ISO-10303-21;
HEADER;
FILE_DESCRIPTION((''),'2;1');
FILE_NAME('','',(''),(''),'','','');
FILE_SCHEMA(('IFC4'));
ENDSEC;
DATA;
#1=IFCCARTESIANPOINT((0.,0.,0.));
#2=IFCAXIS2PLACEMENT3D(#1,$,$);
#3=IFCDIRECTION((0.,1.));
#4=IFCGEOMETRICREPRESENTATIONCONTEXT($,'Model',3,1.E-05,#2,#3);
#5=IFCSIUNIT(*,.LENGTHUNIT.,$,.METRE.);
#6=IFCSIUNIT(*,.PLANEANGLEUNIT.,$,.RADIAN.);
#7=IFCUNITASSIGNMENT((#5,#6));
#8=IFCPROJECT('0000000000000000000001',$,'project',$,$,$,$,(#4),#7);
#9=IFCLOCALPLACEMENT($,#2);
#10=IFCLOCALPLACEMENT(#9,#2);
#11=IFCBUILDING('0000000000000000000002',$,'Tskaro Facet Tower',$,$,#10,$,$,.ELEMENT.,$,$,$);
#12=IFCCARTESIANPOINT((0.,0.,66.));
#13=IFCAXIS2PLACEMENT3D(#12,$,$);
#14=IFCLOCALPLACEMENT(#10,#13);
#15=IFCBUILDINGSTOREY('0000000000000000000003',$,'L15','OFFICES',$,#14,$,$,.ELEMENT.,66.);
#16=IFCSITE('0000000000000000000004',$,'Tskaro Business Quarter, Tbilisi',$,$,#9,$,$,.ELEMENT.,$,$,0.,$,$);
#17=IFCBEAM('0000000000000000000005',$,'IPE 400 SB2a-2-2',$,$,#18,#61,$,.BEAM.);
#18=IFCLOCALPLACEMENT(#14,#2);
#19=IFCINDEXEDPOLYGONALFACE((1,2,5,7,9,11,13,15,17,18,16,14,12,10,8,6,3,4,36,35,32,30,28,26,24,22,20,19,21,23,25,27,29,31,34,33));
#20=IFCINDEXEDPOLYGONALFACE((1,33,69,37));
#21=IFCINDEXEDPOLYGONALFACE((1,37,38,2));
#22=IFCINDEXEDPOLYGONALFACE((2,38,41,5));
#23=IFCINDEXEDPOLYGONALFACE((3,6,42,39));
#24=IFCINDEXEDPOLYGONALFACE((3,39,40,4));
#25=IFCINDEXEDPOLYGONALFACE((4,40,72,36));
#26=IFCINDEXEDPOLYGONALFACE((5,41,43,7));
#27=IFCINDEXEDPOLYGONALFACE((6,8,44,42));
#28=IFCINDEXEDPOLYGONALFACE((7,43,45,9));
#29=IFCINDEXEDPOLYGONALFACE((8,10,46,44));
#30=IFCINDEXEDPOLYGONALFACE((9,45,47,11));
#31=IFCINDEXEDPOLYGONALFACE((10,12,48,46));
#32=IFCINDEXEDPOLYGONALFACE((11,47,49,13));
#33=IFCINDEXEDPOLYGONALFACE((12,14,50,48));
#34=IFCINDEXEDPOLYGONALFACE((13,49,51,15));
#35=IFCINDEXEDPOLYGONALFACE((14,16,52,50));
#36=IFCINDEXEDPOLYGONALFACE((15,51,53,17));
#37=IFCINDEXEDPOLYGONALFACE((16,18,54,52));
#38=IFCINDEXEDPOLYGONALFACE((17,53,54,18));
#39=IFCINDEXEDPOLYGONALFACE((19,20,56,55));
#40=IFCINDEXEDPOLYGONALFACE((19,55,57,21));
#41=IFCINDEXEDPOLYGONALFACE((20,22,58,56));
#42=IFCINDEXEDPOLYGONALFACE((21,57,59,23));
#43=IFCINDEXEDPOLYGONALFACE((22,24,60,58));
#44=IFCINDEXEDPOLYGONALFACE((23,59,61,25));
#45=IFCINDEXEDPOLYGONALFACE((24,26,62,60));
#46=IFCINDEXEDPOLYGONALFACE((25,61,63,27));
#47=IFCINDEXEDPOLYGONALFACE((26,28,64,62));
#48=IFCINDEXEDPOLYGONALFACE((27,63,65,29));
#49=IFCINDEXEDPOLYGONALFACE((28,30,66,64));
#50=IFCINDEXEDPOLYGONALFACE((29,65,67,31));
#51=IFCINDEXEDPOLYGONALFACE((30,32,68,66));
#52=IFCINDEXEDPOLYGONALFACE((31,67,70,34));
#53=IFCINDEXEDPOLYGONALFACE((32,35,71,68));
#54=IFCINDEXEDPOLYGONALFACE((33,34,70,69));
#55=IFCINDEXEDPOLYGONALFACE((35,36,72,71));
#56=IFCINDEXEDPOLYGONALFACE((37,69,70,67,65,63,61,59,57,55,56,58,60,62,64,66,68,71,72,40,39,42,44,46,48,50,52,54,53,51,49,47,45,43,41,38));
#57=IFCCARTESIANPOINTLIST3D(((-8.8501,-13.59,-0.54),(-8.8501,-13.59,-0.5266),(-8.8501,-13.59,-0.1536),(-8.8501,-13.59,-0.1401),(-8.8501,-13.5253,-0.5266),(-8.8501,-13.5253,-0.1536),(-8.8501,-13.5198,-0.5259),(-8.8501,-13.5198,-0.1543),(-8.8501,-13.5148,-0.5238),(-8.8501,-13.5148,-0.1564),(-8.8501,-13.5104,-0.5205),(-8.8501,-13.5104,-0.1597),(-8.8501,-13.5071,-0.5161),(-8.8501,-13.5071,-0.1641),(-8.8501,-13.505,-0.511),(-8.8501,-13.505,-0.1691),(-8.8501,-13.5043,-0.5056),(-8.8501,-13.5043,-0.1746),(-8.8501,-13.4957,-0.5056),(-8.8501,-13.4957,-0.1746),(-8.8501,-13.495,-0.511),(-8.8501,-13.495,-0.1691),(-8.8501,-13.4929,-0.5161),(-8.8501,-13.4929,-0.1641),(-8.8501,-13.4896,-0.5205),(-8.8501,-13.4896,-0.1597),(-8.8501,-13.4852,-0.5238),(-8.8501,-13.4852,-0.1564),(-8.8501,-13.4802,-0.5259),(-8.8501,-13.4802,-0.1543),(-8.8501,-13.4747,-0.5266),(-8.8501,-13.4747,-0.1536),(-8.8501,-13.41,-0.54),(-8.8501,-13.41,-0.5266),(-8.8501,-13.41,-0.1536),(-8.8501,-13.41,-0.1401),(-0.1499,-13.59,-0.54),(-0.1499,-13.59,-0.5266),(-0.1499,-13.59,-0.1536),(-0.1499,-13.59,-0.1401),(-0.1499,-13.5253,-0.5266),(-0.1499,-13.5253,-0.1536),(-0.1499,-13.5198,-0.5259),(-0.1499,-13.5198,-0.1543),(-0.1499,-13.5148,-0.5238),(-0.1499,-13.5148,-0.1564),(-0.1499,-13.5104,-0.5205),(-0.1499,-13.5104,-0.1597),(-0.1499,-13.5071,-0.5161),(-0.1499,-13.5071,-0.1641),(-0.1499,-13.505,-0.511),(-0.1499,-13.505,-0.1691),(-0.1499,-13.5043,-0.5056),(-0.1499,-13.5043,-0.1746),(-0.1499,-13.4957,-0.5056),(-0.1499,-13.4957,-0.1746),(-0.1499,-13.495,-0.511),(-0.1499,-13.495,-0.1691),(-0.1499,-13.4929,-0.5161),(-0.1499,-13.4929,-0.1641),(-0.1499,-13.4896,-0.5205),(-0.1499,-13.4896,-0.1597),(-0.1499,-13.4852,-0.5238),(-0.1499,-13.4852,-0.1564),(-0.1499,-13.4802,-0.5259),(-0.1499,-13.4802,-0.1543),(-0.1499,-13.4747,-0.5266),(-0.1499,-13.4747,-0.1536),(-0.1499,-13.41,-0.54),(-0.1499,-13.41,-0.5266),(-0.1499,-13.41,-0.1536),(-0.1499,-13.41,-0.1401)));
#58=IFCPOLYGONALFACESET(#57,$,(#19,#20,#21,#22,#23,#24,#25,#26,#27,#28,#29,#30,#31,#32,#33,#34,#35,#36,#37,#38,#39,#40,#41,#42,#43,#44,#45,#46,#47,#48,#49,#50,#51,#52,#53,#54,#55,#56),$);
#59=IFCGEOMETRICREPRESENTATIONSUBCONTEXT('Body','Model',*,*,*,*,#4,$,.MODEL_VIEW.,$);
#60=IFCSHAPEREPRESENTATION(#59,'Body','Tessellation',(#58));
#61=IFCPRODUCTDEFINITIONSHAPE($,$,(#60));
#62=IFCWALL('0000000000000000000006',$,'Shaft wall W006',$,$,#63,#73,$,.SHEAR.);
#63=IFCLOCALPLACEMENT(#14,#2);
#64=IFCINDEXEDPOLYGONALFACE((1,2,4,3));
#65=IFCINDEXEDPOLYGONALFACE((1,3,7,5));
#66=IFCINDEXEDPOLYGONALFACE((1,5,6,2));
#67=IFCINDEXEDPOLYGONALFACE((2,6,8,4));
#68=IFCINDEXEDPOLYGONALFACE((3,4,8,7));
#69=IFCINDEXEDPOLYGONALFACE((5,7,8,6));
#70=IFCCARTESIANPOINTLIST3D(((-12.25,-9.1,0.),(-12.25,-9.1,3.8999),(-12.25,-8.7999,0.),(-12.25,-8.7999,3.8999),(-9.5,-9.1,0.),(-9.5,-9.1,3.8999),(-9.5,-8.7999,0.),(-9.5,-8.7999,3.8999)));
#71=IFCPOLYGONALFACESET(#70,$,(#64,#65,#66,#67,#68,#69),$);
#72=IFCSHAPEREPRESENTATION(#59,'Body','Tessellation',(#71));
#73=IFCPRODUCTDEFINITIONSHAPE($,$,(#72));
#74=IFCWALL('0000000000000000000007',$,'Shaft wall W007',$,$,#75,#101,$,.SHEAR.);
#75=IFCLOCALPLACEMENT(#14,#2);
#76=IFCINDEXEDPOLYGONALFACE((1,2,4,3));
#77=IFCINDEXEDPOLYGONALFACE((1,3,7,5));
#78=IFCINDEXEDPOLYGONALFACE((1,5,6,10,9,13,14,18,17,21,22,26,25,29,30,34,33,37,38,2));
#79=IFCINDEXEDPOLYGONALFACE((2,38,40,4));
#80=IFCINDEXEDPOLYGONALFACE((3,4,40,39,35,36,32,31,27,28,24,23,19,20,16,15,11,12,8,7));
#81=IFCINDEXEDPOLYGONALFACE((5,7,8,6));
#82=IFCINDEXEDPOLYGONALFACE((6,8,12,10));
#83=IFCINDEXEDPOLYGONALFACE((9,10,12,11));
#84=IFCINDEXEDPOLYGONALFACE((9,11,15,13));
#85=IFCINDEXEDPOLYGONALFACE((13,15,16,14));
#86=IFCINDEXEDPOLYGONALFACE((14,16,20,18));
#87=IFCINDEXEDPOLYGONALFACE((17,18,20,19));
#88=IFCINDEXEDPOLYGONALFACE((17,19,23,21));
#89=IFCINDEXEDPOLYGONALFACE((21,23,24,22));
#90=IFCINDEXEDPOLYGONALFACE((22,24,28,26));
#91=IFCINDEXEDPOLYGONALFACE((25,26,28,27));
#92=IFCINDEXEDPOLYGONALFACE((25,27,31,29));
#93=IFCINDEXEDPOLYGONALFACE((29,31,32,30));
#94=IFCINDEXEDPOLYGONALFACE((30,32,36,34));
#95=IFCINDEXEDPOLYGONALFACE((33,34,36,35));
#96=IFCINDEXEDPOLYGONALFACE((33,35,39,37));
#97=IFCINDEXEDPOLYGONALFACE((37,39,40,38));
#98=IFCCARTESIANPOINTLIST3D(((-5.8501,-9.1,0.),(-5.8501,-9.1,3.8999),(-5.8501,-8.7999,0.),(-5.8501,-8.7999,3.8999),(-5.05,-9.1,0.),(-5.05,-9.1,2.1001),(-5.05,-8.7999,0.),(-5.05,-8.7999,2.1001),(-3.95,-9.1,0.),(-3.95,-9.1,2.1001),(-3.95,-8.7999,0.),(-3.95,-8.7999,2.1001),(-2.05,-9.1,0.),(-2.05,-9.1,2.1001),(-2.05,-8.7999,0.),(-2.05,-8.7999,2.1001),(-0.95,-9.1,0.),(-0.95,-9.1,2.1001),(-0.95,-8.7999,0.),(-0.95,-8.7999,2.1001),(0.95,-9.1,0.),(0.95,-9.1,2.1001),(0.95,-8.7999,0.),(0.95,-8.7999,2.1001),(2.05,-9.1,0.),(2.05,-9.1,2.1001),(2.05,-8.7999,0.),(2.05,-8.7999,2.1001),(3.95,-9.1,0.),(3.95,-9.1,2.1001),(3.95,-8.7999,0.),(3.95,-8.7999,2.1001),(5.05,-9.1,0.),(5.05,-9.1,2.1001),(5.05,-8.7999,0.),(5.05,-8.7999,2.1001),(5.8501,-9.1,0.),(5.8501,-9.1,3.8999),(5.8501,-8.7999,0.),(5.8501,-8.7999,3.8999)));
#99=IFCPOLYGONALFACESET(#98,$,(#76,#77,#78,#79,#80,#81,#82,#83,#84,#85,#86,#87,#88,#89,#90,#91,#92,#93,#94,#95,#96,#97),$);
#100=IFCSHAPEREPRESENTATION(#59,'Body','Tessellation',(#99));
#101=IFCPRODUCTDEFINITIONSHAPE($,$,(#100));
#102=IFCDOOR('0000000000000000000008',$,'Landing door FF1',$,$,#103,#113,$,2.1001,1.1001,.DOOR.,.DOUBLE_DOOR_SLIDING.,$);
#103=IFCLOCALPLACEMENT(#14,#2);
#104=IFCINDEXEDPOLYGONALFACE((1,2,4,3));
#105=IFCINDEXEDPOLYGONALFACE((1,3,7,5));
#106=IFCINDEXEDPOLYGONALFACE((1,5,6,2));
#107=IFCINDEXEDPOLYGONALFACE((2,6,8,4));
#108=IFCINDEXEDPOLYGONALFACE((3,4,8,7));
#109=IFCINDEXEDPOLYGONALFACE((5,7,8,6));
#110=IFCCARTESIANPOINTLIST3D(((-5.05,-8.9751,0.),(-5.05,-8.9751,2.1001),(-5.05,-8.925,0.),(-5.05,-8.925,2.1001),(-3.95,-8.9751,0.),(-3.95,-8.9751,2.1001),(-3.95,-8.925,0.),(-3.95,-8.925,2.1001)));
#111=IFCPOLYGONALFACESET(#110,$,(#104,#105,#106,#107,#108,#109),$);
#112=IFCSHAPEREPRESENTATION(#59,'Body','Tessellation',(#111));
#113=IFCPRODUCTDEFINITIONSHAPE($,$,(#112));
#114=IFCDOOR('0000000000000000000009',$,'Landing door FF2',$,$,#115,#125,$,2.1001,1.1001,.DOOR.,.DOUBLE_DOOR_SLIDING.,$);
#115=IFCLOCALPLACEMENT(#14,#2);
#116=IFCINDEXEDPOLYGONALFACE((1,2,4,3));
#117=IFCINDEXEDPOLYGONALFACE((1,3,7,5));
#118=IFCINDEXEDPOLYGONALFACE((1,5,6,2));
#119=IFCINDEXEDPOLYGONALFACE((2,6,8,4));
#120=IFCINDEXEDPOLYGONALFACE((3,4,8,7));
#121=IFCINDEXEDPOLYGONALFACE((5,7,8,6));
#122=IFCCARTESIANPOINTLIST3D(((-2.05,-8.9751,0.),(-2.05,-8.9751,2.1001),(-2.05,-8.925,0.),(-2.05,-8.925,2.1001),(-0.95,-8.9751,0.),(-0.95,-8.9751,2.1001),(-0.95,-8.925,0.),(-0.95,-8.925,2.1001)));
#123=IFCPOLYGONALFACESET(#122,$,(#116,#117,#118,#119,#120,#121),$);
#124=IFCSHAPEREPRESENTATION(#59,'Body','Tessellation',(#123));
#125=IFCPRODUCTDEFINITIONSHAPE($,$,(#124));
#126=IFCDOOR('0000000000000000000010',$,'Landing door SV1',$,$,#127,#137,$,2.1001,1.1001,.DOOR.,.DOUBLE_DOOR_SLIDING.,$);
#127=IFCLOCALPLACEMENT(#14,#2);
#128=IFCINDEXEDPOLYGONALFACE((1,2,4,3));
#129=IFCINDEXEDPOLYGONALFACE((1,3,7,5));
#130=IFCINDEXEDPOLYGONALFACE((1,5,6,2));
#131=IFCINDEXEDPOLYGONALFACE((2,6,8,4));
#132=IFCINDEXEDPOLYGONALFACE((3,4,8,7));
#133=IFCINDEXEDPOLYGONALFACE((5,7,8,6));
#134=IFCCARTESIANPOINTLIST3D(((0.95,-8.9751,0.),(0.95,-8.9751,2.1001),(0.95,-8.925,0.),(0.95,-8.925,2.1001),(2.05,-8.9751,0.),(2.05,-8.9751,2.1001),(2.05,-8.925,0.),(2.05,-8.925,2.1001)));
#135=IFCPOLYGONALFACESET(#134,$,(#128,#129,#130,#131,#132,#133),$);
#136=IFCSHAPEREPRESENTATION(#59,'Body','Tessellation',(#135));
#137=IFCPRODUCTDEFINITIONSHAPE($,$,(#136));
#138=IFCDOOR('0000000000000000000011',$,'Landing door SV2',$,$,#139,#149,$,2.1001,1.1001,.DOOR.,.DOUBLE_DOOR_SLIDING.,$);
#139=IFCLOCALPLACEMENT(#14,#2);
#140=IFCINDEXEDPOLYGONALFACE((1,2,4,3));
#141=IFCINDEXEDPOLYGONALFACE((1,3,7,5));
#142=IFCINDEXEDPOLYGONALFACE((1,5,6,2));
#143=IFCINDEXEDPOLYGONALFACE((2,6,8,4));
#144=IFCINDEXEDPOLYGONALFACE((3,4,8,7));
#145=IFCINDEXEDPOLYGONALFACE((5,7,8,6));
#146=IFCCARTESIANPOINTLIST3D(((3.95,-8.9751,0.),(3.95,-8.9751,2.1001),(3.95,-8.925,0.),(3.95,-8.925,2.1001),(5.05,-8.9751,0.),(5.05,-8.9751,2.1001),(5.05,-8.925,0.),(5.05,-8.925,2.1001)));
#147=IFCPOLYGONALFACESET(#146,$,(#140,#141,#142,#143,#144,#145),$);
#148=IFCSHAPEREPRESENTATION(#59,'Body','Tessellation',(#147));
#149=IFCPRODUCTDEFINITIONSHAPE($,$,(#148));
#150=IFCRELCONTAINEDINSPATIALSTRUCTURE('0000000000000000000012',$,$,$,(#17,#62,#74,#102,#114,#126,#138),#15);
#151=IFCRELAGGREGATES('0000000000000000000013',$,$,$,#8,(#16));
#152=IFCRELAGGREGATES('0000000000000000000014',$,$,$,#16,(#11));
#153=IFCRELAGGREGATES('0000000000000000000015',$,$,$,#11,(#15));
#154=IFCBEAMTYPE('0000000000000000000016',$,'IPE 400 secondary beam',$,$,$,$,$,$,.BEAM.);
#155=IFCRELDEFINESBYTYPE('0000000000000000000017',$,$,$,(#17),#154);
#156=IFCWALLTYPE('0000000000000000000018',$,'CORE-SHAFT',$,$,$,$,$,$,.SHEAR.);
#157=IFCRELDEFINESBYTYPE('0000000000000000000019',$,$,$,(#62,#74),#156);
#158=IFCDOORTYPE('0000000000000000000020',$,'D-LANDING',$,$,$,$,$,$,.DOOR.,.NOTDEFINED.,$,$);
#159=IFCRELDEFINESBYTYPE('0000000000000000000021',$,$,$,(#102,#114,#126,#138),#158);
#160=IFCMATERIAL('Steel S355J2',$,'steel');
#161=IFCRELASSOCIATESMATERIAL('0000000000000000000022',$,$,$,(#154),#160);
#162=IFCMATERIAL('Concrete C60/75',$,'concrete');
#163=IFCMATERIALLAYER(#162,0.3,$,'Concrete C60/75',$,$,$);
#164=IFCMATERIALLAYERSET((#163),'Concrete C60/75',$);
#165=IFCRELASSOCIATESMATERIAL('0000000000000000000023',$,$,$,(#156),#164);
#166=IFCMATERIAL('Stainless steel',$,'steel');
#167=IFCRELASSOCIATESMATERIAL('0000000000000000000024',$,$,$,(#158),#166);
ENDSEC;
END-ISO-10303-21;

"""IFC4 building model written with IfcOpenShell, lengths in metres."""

from ifc_helpers import new_model, si_unit, direction, frame, frame_2d, origin, origin_2d, place, context, subcontext, project, spatial, rectangle, i_section, extrude, material, layer, layer_set, material_profile, profile_set, type_object, element, fill, save


model = new_model("IFC4")

# Units and contexts
model_context = context("Model", 3, precision=1e-05, world=origin(), true_north=direction((0.0, 1.0)))
body_context = subcontext(model_context, "Body", "Model", "MODEL_VIEW")
ifc_project = project(units=[si_unit("LENGTHUNIT", "METRE"), si_unit("PLANEANGLEUNIT", "RADIAN")], contexts=[model_context])

# Site, building, storey
site_placement = place(None, origin())
site = spatial("IfcSite", under=ifc_project, at=site_placement, Name="Tskaro Business Quarter, Tbilisi", CompositionType="ELEMENT", RefElevation=0.0)
building_placement = place(site_placement, origin())
building = spatial("IfcBuilding", under=site, at=building_placement, Name="Tskaro Facet Tower", CompositionType="ELEMENT")
storey_placement = place(building_placement, frame((0.0, 0.0, 66.0)))
storey = spatial("IfcBuildingStorey", under=building, at=storey_placement, Name="L15", Description="OFFICES", CompositionType="ELEMENT", Elevation=66.0)

# Beam
ifc_material_1 = material(Name="Steel S355J2", Category="steel")
ifc_material_profile = material_profile(ifc_material_1, i_section(OverallWidth=0.1799, OverallDepth=0.3999, WebThickness=0.0085, FlangeThickness=0.0134, FilletRadius=0.021, at=origin_2d()), Name="IPE 400")
ifc_profile_set = profile_set([ifc_material_profile], Name="Steel S355J2")
beam_type = type_object("IfcBeamType", Name="IPE 400 secondary beam", PredefinedType="BEAM", material=ifc_profile_set)
beam_placement = place(storey_placement, frame((-8.8501, -13.5, -0.3401), z_axis=(1.0, 0.0, 0.0), x_axis=(0.0, 1.0, 0.0)))
element("IfcBeam", 1, at=beam_placement, inside=storey, type_object=beam_type, Name="IPE 400 SB2a-2-2", PredefinedType="BEAM", context=body_context, shape_type="SweptSolid", body=[
    extrude(i_section(OverallWidth=0.1799, OverallDepth=0.3999, WebThickness=0.0085, FlangeThickness=0.0134, FilletRadius=0.021, at=origin_2d()), origin(), (0.0, 0.0, 1.0), 8.7002),
])

# Wall
ifc_material_2 = material(Name="Concrete C60/75", Category="concrete")
ifc_layer_1 = layer(ifc_material_2, 0.3, Name="Concrete C60/75")
ifc_layer_set_1 = layer_set([ifc_layer_1], Name="Concrete C60/75")
wall_type_1 = type_object("IfcWallType", Name="CORE-SHAFT", PredefinedType="SHEAR", material=ifc_layer_set_1)
wall_1_placement = place(storey_placement, frame((-12.25, -8.95, 0.0), z_axis=(0.0, 0.0, 1.0), x_axis=(1.0, 0.0, 0.0)))
element("IfcWall", 2, at=wall_1_placement, inside=storey, type_object=wall_type_1, Name="Shaft wall W006", PredefinedType="SHEAR", context=body_context, shape_type="SweptSolid", body=[
    extrude(rectangle(XDim=2.75, YDim=0.3, at=frame_2d((1.375, 0.0))), origin(), (0.0, 0.0, 1.0), 3.8999),
])

# Wall, openings, doors
wall_2_placement = place(storey_placement, frame((-5.8501, -8.95, 0.0), z_axis=(0.0, 0.0, 1.0), x_axis=(1.0, 0.0, 0.0)))
wall_2 = element("IfcWall", 3, at=wall_2_placement, inside=storey, type_object=wall_type_1, Name="Shaft wall W007", PredefinedType="SHEAR", context=body_context, shape_type="SweptSolid", body=[
    extrude(rectangle(XDim=11.7002, YDim=0.3, at=frame_2d((5.8501, 0.0))), origin(), (0.0, 0.0, 1.0), 3.8999),
])
opening_1_placement = place(wall_2_placement, frame((0.8, 0.0, 0.0)))
opening_1 = element("IfcOpeningElement", 4, at=opening_1_placement, cuts=wall_2, PredefinedType="OPENING", context=body_context, shape_type="SweptSolid", body=[
    extrude(rectangle(XDim=1.1001, YDim=2.1001, at=frame_2d((0.55, 1.05))), frame((0.0, 0.1599, 0.0), z_axis=(0.0, -1.0, 0.0), x_axis=(1.0, 0.0, 0.0)), (0.0, 0.0, 1.0), 0.3201),
])
opening_2_placement = place(wall_2_placement, frame((3.8, 0.0, 0.0)))
opening_2 = element("IfcOpeningElement", 5, at=opening_2_placement, cuts=wall_2, PredefinedType="OPENING", context=body_context, shape_type="SweptSolid", body=[
    extrude(rectangle(XDim=1.1001, YDim=2.1001, at=frame_2d((0.55, 1.05))), frame((0.0, 0.1599, 0.0), z_axis=(0.0, -1.0, 0.0), x_axis=(1.0, 0.0, 0.0)), (0.0, 0.0, 1.0), 0.3201),
])
opening_3_placement = place(wall_2_placement, frame((6.8, 0.0, 0.0)))
opening_3 = element("IfcOpeningElement", 6, at=opening_3_placement, cuts=wall_2, PredefinedType="OPENING", context=body_context, shape_type="SweptSolid", body=[
    extrude(rectangle(XDim=1.1001, YDim=2.1001, at=frame_2d((0.55, 1.05))), frame((0.0, 0.1599, 0.0), z_axis=(0.0, -1.0, 0.0), x_axis=(1.0, 0.0, 0.0)), (0.0, 0.0, 1.0), 0.3201),
])
opening_4_placement = place(wall_2_placement, frame((9.8, 0.0, 0.0)))
opening_4 = element("IfcOpeningElement", 7, at=opening_4_placement, cuts=wall_2, PredefinedType="OPENING", context=body_context, shape_type="SweptSolid", body=[
    extrude(rectangle(XDim=1.1001, YDim=2.1001, at=frame_2d((0.55, 1.05))), frame((0.0, 0.1599, 0.0), z_axis=(0.0, -1.0, 0.0), x_axis=(1.0, 0.0, 0.0)), (0.0, 0.0, 1.0), 0.3201),
])
ifc_material_3 = material(Name="Stainless steel", Category="steel")
door_type_1 = type_object("IfcDoorType", Name="D-LANDING", OperationType="NOTDEFINED", PredefinedType="DOOR", material=ifc_material_3)
door_1_placement = place(opening_1_placement, origin())
door_1 = element("IfcDoor", 8, at=door_1_placement, inside=storey, type_object=door_type_1, Name="Landing door FF1", OperationType="DOUBLE_DOOR_SLIDING", OverallHeight=2.1001, OverallWidth=1.1001, PredefinedType="DOOR", context=body_context, shape_type="SweptSolid", body=[
    extrude(rectangle(XDim=1.1001, YDim=2.1001, at=frame_2d((0.55, 1.05))), frame((0.0, 0.0249, 0.0), z_axis=(0.0, -1.0, 0.0), x_axis=(1.0, 0.0, 0.0)), (0.0, 0.0, 1.0), 0.05),
])
fill(opening_1, door_1)
door_2_placement = place(opening_2_placement, origin())
door_2 = element("IfcDoor", 9, at=door_2_placement, inside=storey, type_object=door_type_1, Name="Landing door FF2", OperationType="DOUBLE_DOOR_SLIDING", OverallHeight=2.1001, OverallWidth=1.1001, PredefinedType="DOOR", context=body_context, shape_type="SweptSolid", body=[
    extrude(rectangle(XDim=1.1001, YDim=2.1001, at=frame_2d((0.55, 1.05))), frame((0.0, 0.0249, 0.0), z_axis=(0.0, -1.0, 0.0), x_axis=(1.0, 0.0, 0.0)), (0.0, 0.0, 1.0), 0.05),
])
fill(opening_2, door_2)
door_3_placement = place(opening_3_placement, origin())
door_3 = element("IfcDoor", 10, at=door_3_placement, inside=storey, type_object=door_type_1, Name="Landing door SV1", OperationType="DOUBLE_DOOR_SLIDING", OverallHeight=2.1001, OverallWidth=1.1001, PredefinedType="DOOR", context=body_context, shape_type="SweptSolid", body=[
    extrude(rectangle(XDim=1.1001, YDim=2.1001, at=frame_2d((0.55, 1.05))), frame((0.0, 0.0249, 0.0), z_axis=(0.0, -1.0, 0.0), x_axis=(1.0, 0.0, 0.0)), (0.0, 0.0, 1.0), 0.05),
])
fill(opening_3, door_3)
door_4_placement = place(opening_4_placement, origin())
door_4 = element("IfcDoor", 11, at=door_4_placement, inside=storey, type_object=door_type_1, Name="Landing door SV2", OperationType="DOUBLE_DOOR_SLIDING", OverallHeight=2.1001, OverallWidth=1.1001, PredefinedType="DOOR", context=body_context, shape_type="SweptSolid", body=[
    extrude(rectangle(XDim=1.1001, YDim=2.1001, at=frame_2d((0.55, 1.05))), frame((0.0, 0.0249, 0.0), z_axis=(0.0, -1.0, 0.0), x_axis=(1.0, 0.0, 0.0)), (0.0, 0.0, 1.0), 0.05),
])
fill(opening_4, door_4)

save(model, "model.ifc")
